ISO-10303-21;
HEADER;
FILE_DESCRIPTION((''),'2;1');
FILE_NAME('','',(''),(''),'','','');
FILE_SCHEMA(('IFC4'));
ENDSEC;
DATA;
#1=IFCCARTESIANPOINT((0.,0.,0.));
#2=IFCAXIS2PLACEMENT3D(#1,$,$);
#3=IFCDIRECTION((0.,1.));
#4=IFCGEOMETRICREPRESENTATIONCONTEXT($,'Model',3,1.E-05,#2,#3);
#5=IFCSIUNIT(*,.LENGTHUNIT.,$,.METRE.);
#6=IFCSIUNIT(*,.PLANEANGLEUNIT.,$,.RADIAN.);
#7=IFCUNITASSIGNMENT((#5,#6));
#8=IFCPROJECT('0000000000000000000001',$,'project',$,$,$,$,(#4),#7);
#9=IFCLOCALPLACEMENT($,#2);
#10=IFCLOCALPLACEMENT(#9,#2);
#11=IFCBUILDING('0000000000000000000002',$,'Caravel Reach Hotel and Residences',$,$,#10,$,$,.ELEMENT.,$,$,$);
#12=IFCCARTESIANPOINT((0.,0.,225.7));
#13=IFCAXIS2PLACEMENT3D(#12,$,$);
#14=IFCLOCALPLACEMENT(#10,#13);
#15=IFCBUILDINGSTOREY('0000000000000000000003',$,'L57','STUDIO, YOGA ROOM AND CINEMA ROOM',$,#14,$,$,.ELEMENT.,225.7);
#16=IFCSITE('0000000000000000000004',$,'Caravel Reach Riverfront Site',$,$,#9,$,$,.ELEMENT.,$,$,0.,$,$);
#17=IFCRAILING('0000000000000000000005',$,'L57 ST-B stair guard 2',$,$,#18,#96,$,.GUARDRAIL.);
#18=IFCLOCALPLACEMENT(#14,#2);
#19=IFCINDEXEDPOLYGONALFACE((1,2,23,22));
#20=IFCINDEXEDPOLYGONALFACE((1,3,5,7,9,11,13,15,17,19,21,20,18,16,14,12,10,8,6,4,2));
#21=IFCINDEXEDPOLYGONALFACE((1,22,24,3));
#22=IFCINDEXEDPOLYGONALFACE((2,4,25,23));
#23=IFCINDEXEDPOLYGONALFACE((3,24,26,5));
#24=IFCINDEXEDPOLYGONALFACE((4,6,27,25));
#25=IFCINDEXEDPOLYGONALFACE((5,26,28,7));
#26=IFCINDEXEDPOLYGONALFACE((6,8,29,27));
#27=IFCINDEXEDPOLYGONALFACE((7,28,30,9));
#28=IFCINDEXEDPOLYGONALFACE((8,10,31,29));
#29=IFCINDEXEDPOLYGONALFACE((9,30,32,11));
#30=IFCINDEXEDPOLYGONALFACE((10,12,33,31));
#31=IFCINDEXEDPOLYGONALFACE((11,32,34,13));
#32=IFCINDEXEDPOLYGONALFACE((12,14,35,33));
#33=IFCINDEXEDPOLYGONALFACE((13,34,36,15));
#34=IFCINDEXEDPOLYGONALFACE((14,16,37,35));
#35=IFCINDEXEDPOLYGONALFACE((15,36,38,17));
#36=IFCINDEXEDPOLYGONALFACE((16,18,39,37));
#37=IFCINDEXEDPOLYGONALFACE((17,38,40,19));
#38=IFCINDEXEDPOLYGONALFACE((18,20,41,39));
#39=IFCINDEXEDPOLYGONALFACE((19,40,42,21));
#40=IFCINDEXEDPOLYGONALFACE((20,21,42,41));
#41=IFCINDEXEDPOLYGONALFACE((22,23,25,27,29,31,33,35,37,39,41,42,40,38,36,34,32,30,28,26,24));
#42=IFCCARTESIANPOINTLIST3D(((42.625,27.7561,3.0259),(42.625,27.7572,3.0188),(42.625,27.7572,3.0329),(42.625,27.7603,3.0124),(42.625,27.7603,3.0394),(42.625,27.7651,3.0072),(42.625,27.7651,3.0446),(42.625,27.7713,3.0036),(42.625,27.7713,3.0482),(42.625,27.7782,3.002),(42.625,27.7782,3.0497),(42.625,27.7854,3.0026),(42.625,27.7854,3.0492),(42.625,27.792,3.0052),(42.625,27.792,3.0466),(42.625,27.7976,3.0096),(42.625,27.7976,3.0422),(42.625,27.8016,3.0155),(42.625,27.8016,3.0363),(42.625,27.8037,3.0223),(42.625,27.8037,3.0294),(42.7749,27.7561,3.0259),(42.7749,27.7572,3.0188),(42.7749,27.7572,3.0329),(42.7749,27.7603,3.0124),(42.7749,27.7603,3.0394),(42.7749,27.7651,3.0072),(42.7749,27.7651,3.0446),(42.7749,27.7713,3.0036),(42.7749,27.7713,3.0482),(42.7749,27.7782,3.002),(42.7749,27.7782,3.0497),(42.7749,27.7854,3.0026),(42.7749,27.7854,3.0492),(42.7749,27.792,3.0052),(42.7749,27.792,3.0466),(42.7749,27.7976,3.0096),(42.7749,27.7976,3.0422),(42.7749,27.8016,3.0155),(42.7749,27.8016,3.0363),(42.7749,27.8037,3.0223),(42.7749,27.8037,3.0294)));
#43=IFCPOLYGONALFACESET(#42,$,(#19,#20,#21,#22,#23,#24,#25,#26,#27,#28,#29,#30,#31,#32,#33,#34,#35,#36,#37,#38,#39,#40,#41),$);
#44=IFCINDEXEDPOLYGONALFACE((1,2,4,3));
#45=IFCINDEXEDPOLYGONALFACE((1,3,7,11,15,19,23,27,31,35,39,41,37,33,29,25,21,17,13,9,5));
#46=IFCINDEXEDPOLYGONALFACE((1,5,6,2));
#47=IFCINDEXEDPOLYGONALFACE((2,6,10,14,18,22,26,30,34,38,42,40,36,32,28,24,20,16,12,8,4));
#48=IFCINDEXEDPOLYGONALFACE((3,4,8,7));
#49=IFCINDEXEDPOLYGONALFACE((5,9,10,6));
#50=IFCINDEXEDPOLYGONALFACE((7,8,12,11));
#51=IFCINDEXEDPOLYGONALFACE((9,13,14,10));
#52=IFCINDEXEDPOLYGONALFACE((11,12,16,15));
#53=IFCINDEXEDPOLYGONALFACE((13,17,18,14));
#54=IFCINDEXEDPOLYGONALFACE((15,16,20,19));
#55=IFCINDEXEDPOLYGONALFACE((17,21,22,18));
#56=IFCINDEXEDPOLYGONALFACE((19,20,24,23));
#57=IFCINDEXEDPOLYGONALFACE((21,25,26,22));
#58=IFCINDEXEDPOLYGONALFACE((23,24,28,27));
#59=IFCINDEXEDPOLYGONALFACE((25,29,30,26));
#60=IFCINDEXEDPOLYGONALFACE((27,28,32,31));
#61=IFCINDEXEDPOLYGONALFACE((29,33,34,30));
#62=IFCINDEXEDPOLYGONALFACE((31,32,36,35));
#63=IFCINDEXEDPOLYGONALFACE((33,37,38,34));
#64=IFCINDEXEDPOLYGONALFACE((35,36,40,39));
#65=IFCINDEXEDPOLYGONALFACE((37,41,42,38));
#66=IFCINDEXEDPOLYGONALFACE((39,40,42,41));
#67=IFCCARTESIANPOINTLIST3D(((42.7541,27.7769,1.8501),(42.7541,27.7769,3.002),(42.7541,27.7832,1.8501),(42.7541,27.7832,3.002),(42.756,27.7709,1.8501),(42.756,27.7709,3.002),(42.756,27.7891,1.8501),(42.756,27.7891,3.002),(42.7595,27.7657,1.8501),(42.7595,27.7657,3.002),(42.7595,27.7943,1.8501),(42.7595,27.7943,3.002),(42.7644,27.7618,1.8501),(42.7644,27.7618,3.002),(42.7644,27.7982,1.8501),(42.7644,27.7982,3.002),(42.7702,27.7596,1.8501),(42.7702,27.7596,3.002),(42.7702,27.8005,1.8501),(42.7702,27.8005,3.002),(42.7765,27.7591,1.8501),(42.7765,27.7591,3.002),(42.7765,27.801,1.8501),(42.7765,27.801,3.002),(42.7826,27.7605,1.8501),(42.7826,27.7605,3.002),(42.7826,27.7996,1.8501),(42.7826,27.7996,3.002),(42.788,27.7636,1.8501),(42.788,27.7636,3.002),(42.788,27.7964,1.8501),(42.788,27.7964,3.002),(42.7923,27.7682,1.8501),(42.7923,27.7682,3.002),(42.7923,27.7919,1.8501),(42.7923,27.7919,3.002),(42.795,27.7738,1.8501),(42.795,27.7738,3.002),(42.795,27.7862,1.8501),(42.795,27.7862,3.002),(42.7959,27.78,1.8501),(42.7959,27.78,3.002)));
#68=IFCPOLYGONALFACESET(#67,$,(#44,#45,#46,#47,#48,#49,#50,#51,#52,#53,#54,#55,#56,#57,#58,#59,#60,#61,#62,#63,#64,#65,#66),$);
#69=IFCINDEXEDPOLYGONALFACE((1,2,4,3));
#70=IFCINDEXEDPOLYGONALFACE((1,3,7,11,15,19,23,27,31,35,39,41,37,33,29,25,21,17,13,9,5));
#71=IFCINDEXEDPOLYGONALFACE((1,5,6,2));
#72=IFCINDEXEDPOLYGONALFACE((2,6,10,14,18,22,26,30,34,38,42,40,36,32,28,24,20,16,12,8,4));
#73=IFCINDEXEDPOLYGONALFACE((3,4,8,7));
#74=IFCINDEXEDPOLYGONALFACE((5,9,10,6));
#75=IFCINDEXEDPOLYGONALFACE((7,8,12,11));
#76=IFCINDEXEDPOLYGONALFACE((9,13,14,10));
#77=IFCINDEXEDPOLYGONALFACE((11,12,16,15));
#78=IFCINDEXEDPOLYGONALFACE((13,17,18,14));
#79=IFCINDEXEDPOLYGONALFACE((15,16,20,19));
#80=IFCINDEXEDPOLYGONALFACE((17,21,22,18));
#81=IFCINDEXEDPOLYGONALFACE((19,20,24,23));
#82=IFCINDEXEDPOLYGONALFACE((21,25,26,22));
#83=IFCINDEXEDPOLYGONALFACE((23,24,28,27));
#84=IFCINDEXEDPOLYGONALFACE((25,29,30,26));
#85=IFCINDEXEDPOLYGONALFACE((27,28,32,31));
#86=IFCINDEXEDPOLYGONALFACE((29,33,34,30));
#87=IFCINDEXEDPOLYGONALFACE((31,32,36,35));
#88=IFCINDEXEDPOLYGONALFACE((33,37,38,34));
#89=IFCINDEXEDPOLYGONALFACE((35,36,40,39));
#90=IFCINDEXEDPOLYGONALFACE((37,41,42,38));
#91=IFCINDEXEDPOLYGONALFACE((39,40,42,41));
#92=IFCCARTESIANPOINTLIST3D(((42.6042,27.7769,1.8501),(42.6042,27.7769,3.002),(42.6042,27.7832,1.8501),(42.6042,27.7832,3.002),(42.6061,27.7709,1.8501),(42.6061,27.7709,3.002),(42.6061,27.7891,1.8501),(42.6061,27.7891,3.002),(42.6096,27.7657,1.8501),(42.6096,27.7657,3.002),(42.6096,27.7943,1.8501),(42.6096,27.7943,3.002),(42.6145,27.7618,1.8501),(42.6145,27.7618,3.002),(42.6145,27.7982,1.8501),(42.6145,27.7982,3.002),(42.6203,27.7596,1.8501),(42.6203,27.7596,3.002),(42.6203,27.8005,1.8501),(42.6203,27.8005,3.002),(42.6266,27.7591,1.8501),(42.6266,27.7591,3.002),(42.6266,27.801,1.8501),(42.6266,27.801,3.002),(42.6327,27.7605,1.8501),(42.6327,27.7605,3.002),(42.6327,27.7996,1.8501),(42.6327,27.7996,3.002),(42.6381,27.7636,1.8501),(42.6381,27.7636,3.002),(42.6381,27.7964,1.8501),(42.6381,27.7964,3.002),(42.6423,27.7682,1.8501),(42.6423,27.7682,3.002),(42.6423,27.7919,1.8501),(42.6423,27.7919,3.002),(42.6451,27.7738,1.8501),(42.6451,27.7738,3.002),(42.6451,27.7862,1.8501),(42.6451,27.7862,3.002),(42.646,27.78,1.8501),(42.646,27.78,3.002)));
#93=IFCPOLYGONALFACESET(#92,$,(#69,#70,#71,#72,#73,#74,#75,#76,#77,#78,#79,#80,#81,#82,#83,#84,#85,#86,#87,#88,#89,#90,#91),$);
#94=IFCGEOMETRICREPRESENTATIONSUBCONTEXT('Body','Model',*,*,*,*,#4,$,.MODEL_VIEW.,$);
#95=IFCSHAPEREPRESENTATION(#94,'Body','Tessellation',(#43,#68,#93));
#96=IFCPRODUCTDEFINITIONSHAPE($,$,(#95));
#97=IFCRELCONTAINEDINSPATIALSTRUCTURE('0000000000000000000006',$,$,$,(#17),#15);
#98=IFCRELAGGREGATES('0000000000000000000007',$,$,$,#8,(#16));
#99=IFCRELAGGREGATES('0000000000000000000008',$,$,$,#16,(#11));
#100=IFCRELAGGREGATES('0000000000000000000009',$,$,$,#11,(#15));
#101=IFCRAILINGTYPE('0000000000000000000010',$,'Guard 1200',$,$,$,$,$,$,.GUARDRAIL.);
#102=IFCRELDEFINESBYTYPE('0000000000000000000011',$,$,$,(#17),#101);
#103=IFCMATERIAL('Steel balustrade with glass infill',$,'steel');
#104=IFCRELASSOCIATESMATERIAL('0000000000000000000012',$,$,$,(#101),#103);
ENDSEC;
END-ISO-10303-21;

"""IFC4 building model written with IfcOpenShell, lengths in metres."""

from ifc_helpers import new_model, si_unit, direction, frame, origin, origin_2d, place, context, subcontext, project, spatial, circle, extrude, material, type_object, element, save


model = new_model("IFC4")

# Units and contexts
model_context = context("Model", 3, precision=1e-05, world=origin(), true_north=direction((0.0, 1.0)))
body_context = subcontext(model_context, "Body", "Model", "MODEL_VIEW")
ifc_project = project(units=[si_unit("LENGTHUNIT", "METRE"), si_unit("PLANEANGLEUNIT", "RADIAN")], contexts=[model_context])

# Site, building, storey
site_placement = place(None, origin())
site = spatial("IfcSite", under=ifc_project, at=site_placement, Name="Caravel Reach Riverfront Site", CompositionType="ELEMENT", RefElevation=0.0)
building_placement = place(site_placement, origin())
building = spatial("IfcBuilding", under=site, at=building_placement, Name="Caravel Reach Hotel and Residences", CompositionType="ELEMENT")
storey_placement = place(building_placement, frame((0.0, 0.0, 225.7)))
storey = spatial("IfcBuildingStorey", under=building, at=storey_placement, Name="L57", Description="STUDIO, YOGA ROOM AND CINEMA ROOM", CompositionType="ELEMENT", Elevation=225.7)

# Railing
ifc_material_1 = material(Name="Steel balustrade with glass infill", Category="steel")
railing_type_1 = type_object("IfcRailingType", Name="Guard 1200", PredefinedType="GUARDRAIL", material=ifc_material_1)
railing_1_placement = place(storey_placement, frame((42.7749, 27.78, 1.8501)))
element("IfcRailing", 1, at=railing_1_placement, inside=storey, type_object=railing_type_1, Name="L57 ST-B stair guard 2", PredefinedType="GUARDRAIL", context=body_context, shape_type="SweptSolid", body=[
    extrude(circle(Radius=0.0239, at=origin_2d()), frame((0.0, 0.0, 1.1758), z_axis=(-1.0, 0.0, 0.0), x_axis=(0.0, -1.0, 0.0)), (0.0, 0.0, 1.0), 0.1499),
    extrude(circle(Radius=0.021, at=origin_2d()), origin(), (0.0, 0.0, 1.0), 1.1519),
    extrude(circle(Radius=0.021, at=origin_2d()), frame((-0.1499, 0.0, 0.0)), (0.0, 0.0, 1.0), 1.1519),
])

save(model, "model.ifc")
